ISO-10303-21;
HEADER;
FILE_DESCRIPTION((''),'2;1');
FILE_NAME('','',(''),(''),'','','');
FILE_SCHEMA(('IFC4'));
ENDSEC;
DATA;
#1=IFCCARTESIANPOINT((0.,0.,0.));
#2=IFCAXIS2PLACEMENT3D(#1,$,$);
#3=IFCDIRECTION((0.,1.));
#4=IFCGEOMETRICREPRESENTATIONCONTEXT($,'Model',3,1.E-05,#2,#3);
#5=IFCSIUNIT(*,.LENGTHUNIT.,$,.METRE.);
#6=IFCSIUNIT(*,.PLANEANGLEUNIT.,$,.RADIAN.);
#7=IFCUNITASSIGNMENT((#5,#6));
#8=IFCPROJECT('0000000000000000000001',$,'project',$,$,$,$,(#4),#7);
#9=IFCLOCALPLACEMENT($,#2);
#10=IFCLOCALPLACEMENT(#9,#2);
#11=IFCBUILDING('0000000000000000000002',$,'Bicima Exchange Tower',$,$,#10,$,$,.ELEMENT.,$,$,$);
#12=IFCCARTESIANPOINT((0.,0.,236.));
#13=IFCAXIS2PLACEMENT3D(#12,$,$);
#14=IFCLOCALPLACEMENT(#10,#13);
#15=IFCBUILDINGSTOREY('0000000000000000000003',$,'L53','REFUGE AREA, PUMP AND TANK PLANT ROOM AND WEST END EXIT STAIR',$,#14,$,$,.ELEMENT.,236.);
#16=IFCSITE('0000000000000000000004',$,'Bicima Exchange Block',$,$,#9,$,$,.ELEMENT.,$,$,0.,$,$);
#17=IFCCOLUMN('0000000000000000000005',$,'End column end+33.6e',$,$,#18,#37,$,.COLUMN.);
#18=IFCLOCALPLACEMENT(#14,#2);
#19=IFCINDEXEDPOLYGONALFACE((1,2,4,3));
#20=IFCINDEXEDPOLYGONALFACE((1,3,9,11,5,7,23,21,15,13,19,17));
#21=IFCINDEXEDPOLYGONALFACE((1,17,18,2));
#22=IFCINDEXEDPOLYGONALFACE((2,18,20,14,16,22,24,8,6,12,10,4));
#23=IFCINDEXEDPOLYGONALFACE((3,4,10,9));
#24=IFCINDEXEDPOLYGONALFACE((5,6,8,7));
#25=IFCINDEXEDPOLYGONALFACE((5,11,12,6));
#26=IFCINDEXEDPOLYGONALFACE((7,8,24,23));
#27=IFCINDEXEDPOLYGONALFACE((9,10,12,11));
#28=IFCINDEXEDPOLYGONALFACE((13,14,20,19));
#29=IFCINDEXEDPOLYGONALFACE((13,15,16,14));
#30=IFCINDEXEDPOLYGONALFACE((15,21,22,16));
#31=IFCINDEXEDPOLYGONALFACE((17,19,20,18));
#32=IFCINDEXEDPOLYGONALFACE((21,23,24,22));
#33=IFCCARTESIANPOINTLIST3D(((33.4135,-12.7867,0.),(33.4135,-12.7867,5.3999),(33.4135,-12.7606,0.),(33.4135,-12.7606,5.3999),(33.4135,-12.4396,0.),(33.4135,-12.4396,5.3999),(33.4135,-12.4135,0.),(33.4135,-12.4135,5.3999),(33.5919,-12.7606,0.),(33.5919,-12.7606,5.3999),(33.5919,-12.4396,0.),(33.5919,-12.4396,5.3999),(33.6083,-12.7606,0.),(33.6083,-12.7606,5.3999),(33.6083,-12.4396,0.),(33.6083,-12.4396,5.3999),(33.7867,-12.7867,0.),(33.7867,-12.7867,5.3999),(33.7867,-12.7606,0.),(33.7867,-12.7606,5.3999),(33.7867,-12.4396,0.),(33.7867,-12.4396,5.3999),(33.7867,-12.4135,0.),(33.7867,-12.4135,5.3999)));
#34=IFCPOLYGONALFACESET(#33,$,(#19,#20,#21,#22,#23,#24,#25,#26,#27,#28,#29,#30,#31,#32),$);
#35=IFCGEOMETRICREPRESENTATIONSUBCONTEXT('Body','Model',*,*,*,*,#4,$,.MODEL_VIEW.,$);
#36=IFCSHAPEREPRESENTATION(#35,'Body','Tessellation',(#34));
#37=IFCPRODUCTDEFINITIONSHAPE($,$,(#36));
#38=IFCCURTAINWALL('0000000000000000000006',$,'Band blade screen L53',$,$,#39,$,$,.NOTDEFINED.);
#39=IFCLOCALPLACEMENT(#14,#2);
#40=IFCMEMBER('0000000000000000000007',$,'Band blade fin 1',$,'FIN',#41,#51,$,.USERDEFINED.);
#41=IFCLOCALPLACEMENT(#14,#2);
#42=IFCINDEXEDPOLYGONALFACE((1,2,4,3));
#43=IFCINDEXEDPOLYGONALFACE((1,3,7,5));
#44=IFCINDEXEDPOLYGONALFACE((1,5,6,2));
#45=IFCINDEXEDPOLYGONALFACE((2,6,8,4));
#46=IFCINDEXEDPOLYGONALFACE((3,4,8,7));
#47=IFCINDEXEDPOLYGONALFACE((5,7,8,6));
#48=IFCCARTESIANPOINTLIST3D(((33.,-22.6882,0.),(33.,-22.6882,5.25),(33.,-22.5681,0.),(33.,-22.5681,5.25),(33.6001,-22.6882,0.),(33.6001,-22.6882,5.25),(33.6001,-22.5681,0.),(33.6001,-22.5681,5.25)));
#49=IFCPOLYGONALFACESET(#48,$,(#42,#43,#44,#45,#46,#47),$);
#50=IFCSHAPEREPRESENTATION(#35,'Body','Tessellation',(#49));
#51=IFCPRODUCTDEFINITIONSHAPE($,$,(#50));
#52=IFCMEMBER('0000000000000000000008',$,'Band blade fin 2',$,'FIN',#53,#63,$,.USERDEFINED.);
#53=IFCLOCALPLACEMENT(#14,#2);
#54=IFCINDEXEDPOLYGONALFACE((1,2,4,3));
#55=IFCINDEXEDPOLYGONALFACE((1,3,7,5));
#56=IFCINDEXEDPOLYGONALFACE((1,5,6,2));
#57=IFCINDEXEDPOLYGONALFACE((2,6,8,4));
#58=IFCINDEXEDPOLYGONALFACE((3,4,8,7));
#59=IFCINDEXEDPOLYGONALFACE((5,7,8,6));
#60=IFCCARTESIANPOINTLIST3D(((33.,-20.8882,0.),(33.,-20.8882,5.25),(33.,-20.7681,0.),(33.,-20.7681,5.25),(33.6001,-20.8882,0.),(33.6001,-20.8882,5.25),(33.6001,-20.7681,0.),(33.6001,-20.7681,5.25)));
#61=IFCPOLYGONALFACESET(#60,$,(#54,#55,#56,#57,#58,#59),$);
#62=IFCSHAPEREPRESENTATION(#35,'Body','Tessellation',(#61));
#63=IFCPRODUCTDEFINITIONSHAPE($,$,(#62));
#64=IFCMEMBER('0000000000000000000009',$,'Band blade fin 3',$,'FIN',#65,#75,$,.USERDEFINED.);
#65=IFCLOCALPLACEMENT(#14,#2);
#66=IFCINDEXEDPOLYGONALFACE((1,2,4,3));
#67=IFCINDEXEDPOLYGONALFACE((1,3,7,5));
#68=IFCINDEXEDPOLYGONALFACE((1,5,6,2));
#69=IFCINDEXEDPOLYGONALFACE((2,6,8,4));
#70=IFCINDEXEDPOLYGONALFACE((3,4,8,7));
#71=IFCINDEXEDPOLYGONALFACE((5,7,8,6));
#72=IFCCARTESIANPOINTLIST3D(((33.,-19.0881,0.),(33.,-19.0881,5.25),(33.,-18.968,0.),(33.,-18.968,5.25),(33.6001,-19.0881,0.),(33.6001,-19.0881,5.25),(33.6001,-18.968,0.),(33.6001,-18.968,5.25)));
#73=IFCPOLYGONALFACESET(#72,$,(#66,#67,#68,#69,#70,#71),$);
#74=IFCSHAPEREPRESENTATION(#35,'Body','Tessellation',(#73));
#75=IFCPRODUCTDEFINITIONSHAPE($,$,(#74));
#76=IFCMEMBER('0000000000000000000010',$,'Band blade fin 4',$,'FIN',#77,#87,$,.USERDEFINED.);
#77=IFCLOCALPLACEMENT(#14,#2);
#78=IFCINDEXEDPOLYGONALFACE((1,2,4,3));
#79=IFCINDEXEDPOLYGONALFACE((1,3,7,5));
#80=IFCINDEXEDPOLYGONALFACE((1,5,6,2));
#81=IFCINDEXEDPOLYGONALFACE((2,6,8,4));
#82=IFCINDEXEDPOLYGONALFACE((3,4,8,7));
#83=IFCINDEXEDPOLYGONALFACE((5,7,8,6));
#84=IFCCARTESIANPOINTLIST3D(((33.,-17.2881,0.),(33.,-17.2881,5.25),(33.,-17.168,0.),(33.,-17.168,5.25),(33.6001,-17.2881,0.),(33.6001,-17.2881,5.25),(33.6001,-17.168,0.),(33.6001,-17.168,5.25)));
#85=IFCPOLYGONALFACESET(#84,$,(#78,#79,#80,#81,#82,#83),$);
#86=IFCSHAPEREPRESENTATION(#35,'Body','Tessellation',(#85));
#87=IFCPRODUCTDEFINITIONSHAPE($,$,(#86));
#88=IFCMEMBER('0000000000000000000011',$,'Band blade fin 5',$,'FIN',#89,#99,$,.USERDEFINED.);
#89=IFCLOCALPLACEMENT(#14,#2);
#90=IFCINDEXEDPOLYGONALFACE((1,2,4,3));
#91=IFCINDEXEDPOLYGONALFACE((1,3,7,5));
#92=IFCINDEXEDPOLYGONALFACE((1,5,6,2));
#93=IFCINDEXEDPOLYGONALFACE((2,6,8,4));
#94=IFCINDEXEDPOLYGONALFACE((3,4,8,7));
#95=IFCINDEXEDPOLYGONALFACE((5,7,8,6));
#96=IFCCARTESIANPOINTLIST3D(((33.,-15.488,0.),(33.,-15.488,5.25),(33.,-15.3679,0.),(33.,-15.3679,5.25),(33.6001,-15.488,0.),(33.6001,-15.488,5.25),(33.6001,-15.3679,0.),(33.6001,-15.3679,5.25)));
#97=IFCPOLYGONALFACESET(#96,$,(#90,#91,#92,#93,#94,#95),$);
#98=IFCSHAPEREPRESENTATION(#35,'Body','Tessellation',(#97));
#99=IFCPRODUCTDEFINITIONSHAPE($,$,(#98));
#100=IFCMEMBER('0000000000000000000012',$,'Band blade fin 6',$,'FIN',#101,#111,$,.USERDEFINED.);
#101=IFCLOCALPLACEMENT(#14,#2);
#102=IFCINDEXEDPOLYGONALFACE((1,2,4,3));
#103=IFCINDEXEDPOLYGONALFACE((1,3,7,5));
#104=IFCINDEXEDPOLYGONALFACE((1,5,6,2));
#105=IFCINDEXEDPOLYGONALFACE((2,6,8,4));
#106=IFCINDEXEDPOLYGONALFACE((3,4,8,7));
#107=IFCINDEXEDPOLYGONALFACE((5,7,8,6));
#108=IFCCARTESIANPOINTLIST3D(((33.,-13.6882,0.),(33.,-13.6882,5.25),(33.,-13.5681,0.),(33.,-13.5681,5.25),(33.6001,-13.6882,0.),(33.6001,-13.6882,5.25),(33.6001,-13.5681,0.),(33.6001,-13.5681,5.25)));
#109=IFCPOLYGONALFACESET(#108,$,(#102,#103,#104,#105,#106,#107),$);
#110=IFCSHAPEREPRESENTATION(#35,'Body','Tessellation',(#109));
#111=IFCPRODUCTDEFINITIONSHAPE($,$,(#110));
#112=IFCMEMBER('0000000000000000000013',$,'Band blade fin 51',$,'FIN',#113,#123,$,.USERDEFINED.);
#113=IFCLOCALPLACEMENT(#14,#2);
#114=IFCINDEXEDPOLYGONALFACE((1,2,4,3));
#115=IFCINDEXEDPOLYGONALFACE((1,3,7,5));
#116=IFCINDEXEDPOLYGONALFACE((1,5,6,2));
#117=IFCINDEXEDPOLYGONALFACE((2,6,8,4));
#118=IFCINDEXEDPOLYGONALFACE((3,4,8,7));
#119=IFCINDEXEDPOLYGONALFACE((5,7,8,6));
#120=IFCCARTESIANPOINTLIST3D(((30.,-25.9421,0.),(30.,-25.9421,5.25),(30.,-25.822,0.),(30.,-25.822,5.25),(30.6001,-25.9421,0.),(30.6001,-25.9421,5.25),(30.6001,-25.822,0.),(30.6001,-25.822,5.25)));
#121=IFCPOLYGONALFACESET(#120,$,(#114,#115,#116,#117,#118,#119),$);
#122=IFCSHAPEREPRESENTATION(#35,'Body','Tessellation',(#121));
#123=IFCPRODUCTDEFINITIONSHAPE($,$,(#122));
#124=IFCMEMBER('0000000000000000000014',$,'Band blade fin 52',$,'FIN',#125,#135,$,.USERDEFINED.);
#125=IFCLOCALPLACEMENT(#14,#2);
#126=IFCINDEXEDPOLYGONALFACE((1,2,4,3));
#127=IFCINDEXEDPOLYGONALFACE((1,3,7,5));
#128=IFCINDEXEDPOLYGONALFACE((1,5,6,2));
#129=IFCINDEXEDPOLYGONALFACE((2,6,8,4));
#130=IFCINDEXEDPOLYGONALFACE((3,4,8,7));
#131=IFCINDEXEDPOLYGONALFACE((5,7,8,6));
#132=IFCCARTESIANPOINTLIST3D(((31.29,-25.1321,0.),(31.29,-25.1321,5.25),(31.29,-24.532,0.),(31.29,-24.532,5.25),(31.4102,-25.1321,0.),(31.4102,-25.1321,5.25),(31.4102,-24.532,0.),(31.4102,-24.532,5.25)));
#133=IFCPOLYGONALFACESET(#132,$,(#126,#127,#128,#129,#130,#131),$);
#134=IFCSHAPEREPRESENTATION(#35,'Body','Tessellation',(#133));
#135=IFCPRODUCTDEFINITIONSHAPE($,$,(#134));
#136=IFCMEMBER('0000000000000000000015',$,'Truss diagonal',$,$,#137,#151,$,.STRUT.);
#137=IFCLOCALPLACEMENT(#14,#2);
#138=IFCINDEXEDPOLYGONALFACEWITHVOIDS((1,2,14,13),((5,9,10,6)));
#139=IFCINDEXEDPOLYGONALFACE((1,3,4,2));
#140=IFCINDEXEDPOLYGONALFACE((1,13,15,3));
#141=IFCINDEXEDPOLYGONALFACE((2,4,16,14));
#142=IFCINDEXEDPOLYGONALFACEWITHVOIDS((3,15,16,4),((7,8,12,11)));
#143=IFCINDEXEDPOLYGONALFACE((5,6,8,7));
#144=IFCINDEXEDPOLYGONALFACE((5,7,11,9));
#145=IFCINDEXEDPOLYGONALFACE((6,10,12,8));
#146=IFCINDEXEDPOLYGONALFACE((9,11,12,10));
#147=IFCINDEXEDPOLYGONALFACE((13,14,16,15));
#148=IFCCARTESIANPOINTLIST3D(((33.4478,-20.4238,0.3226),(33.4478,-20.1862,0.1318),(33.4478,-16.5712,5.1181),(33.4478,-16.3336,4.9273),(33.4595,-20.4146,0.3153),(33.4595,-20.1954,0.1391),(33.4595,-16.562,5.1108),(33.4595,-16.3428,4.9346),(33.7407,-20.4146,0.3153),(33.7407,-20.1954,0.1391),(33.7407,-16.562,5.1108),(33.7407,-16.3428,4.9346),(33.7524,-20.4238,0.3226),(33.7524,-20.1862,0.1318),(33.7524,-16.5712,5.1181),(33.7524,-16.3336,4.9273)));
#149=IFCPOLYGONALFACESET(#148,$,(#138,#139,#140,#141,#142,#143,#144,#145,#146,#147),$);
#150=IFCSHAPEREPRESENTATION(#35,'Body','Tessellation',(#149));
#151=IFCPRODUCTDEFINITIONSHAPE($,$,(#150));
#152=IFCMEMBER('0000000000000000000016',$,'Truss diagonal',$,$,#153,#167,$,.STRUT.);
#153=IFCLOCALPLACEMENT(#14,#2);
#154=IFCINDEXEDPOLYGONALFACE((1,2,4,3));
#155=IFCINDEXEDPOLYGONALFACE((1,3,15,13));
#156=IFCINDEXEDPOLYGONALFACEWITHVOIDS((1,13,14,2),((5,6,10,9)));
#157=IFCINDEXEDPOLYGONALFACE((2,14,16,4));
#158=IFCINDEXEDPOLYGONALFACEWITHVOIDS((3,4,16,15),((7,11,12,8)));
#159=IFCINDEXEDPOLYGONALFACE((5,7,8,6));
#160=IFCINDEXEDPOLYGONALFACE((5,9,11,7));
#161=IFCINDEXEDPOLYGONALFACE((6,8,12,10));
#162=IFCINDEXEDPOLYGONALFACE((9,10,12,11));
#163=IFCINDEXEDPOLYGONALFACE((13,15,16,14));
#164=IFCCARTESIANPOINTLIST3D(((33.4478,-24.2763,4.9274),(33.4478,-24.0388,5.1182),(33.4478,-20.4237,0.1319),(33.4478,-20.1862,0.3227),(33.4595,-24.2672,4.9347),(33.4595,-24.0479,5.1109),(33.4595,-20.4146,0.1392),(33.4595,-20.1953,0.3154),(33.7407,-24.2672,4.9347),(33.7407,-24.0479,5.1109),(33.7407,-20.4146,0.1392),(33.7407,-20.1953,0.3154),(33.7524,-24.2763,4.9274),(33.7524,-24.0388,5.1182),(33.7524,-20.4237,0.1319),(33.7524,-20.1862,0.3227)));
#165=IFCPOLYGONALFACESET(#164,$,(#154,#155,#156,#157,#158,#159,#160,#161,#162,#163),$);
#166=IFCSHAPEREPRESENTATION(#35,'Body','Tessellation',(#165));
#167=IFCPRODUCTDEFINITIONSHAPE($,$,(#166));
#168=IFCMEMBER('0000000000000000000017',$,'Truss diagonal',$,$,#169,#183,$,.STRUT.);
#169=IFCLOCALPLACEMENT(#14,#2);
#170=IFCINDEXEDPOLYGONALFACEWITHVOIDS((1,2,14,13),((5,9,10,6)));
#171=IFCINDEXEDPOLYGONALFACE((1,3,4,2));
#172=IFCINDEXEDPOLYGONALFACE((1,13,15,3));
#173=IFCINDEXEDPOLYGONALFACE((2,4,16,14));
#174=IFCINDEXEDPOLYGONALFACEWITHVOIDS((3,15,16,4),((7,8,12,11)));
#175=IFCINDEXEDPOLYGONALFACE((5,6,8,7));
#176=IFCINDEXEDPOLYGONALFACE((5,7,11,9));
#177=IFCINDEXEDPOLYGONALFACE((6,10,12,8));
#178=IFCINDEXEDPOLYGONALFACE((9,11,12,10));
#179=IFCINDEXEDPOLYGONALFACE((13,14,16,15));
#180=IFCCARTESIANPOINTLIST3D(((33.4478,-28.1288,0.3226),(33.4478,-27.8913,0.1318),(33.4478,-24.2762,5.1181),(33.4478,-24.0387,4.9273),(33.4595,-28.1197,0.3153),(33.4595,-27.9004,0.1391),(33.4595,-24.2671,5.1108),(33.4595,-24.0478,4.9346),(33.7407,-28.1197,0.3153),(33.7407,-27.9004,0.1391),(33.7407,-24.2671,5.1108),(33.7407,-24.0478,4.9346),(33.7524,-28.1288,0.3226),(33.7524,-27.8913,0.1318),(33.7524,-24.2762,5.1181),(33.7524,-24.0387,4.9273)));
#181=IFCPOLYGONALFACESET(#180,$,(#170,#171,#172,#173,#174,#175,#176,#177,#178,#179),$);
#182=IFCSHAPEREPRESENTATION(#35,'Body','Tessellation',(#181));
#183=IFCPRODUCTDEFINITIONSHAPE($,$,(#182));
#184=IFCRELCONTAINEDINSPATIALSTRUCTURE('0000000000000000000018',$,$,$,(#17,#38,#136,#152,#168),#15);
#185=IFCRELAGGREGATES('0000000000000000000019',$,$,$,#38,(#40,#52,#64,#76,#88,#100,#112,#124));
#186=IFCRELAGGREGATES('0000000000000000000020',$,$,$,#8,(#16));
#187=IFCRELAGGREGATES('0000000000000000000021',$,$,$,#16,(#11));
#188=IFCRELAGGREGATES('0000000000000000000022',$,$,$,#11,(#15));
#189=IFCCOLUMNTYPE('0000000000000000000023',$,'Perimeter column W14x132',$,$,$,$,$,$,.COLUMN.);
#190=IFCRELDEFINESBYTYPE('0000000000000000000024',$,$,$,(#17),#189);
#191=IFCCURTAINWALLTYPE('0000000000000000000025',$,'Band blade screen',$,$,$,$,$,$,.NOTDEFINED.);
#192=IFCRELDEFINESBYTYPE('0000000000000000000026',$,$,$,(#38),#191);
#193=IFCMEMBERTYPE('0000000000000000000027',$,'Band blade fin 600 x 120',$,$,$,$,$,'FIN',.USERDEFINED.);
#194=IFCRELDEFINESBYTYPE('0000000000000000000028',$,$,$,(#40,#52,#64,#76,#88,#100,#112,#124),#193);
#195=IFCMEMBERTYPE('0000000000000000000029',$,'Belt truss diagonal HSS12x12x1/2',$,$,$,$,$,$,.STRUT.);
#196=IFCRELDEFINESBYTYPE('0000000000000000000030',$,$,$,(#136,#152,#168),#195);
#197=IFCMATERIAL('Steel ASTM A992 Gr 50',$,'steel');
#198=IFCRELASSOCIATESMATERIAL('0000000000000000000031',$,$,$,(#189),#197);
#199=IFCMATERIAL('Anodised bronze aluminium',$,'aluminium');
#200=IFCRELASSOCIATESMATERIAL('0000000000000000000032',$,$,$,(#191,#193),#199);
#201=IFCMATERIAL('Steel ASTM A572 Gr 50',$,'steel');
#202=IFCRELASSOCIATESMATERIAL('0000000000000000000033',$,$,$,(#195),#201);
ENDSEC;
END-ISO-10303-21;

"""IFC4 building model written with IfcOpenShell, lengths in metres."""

from ifc_helpers import new_model, si_unit, direction, frame, origin, origin_2d, place, context, subcontext, project, spatial, rectangle, hollow_rectangle, i_section, extrude, material, material_profile, profile_set, type_object, element, aggregate, save


model = new_model("IFC4")

# Units and contexts
model_context = context("Model", 3, precision=1e-05, world=origin(), true_north=direction((0.0, 1.0)))
body_context = subcontext(model_context, "Body", "Model", "MODEL_VIEW")
ifc_project = project(units=[si_unit("LENGTHUNIT", "METRE"), si_unit("PLANEANGLEUNIT", "RADIAN")], contexts=[model_context])

# Site, building, storey
site_placement = place(None, origin())
site = spatial("IfcSite", under=ifc_project, at=site_placement, Name="Bicima Exchange Block", CompositionType="ELEMENT", RefElevation=0.0)
building_placement = place(site_placement, origin())
building = spatial("IfcBuilding", under=site, at=building_placement, Name="Bicima Exchange Tower", CompositionType="ELEMENT")
storey_placement = place(building_placement, frame((0.0, 0.0, 236.0)))
storey = spatial("IfcBuildingStorey", under=building, at=storey_placement, Name="L53", Description="REFUGE AREA, PUMP AND TANK PLANT ROOM AND WEST END EXIT STAIR", CompositionType="ELEMENT", Elevation=236.0)

# Column
ifc_material_1 = material(Name="Steel ASTM A992 Gr 50", Category="steel")
ifc_material_profile_1 = material_profile(ifc_material_1, i_section(OverallWidth=0.3733, OverallDepth=0.3733, WebThickness=0.0164, FlangeThickness=0.0261, at=origin_2d()))
ifc_profile_set_1 = profile_set([ifc_material_profile_1], Name="Steel ASTM A992 Gr 50")
column_type = type_object("IfcColumnType", Name="Perimeter column W14x132", PredefinedType="COLUMN", material=ifc_profile_set_1)
column_placement = place(storey_placement, frame((33.6001, -12.6001, 0.0), z_axis=(0.0, 0.0, 1.0), x_axis=(1.0, 0.0, 0.0)))
element("IfcColumn", 1, at=column_placement, inside=storey, type_object=column_type, Name="End column end+33.6e", PredefinedType="COLUMN", context=body_context, shape_type="SweptSolid", body=[
    extrude(i_section(OverallWidth=0.3733, OverallDepth=0.3733, WebThickness=0.0164, FlangeThickness=0.0261, at=origin_2d()), origin(), (0.0, 0.0, 1.0), 5.3999),
])

# Curtain wall, members
ifc_material_2 = material(Name="Anodised bronze aluminium", Category="aluminium")
curtain_wall_type = type_object("IfcCurtainWallType", Name="Band blade screen", PredefinedType="NOTDEFINED", material=ifc_material_2)
curtain_wall_placement = place(storey_placement, origin())
curtain_wall = element("IfcCurtainWall", 2, at=curtain_wall_placement, inside=storey, type_object=curtain_wall_type, Name="Band blade screen L53", PredefinedType="NOTDEFINED")
ifc_material_profile_2 = material_profile(ifc_material_2, rectangle(XDim=0.6001, YDim=0.1201, at=origin_2d()))
ifc_profile_set_2 = profile_set([ifc_material_profile_2], Name="Anodised bronze aluminium")
member_type_1 = type_object("IfcMemberType", Name="Band blade fin 600 x 120", ElementType="FIN", PredefinedType="USERDEFINED", material=ifc_profile_set_2)
member_1_placement = place(storey_placement, frame((33.3, -22.6282, 0.0), z_axis=(0.0, 0.0, 1.0), x_axis=(-1.0, 0.0, 0.0)))
member_1 = element("IfcMember", 3, at=member_1_placement, type_object=member_type_1, Name="Band blade fin 1", ObjectType="FIN", PredefinedType="USERDEFINED", context=body_context, shape_type="SweptSolid", body=[
    extrude(rectangle(XDim=0.6001, YDim=0.1201, at=origin_2d()), origin(), (0.0, 0.0, 1.0), 5.25),
])
member_2_placement = place(storey_placement, frame((33.3, -20.8281, 0.0), z_axis=(0.0, 0.0, 1.0), x_axis=(-1.0, 0.0, 0.0)))
member_2 = element("IfcMember", 4, at=member_2_placement, type_object=member_type_1, Name="Band blade fin 2", ObjectType="FIN", PredefinedType="USERDEFINED", context=body_context, shape_type="SweptSolid", body=[
    extrude(rectangle(XDim=0.6001, YDim=0.1201, at=origin_2d()), origin(), (0.0, 0.0, 1.0), 5.25),
])
member_3_placement = place(storey_placement, frame((33.3, -19.0281, 0.0), z_axis=(0.0, 0.0, 1.0), x_axis=(-1.0, 0.0, 0.0)))
member_3 = element("IfcMember", 5, at=member_3_placement, type_object=member_type_1, Name="Band blade fin 3", ObjectType="FIN", PredefinedType="USERDEFINED", context=body_context, shape_type="SweptSolid", body=[
    extrude(rectangle(XDim=0.6001, YDim=0.1201, at=origin_2d()), origin(), (0.0, 0.0, 1.0), 5.25),
])
member_4_placement = place(storey_placement, frame((33.3, -17.228, 0.0), z_axis=(0.0, 0.0, 1.0), x_axis=(-1.0, 0.0, 0.0)))
member_4 = element("IfcMember", 6, at=member_4_placement, type_object=member_type_1, Name="Band blade fin 4", ObjectType="FIN", PredefinedType="USERDEFINED", context=body_context, shape_type="SweptSolid", body=[
    extrude(rectangle(XDim=0.6001, YDim=0.1201, at=origin_2d()), origin(), (0.0, 0.0, 1.0), 5.25),
])
member_5_placement = place(storey_placement, frame((33.3, -15.428, 0.0), z_axis=(0.0, 0.0, 1.0), x_axis=(-1.0, 0.0, 0.0)))
member_5 = element("IfcMember", 7, at=member_5_placement, type_object=member_type_1, Name="Band blade fin 5", ObjectType="FIN", PredefinedType="USERDEFINED", context=body_context, shape_type="SweptSolid", body=[
    extrude(rectangle(XDim=0.6001, YDim=0.1201, at=origin_2d()), origin(), (0.0, 0.0, 1.0), 5.25),
])
member_6_placement = place(storey_placement, frame((33.3, -13.6282, 0.0), z_axis=(0.0, 0.0, 1.0), x_axis=(-1.0, 0.0, 0.0)))
member_6 = element("IfcMember", 8, at=member_6_placement, type_object=member_type_1, Name="Band blade fin 6", ObjectType="FIN", PredefinedType="USERDEFINED", context=body_context, shape_type="SweptSolid", body=[
    extrude(rectangle(XDim=0.6001, YDim=0.1201, at=origin_2d()), origin(), (0.0, 0.0, 1.0), 5.25),
])
member_7_placement = place(storey_placement, frame((30.3, -25.8821, 0.0), z_axis=(0.0, 0.0, 1.0), x_axis=(-1.0, 0.0, 0.0)))
member_7 = element("IfcMember", 9, at=member_7_placement, type_object=member_type_1, Name="Band blade fin 51", ObjectType="FIN", PredefinedType="USERDEFINED", context=body_context, shape_type="SweptSolid", body=[
    extrude(rectangle(XDim=0.6001, YDim=0.1201, at=origin_2d()), origin(), (0.0, 0.0, 1.0), 5.25),
])
member_8_placement = place(storey_placement, frame((31.3501, -24.832, 0.0), z_axis=(0.0, 0.0, 1.0), x_axis=(0.0, 1.0, 0.0)))
member_8 = element("IfcMember", 10, at=member_8_placement, type_object=member_type_1, Name="Band blade fin 52", ObjectType="FIN", PredefinedType="USERDEFINED", context=body_context, shape_type="SweptSolid", body=[
    extrude(rectangle(XDim=0.6001, YDim=0.1201, at=origin_2d()), origin(), (0.0, 0.0, 1.0), 5.25),
])
aggregate(curtain_wall, [member_1, member_2, member_3, member_4, member_5, member_6, member_7, member_8])

# Members
ifc_material_3 = material(Name="Steel ASTM A572 Gr 50", Category="steel")
ifc_material_profile_3 = material_profile(ifc_material_3, hollow_rectangle(XDim=0.3047, YDim=0.3047, WallThickness=0.0117, at=origin_2d()))
ifc_profile_set_3 = profile_set([ifc_material_profile_3], Name="Steel ASTM A572 Gr 50")
member_type_2 = type_object("IfcMemberType", Name="Belt truss diagonal HSS12x12x1/2", PredefinedType="STRUT", material=ifc_profile_set_3)
for number, where, z_axis, x_axis, name in (
    (11, (33.6001, -16.4524, 5.0227), (0.0, -0.626301, -0.779582), (1.0, 0.0, 0.0), "Truss diagonal"),
    (12, (33.6001, -20.3049, 0.2273), (0.0, -0.626301, 0.779582), (1.0, 0.0, 0.0), "Truss diagonal"),
    (13, (33.6001, -24.1575, 5.0227), (0.0, -0.626301, -0.779582), (1.0, 0.0, 0.0), "Truss diagonal"),
):
    element("IfcMember", number, at=place(storey_placement, frame(where, z_axis=z_axis, x_axis=x_axis)), inside=storey, type_object=member_type_2, Name=name, PredefinedType="STRUT", context=body_context, shape_type="SweptSolid", body=[
        extrude(hollow_rectangle(XDim=0.3047, YDim=0.3047, WallThickness=0.0117, at=origin_2d()), origin(), (0.0, 0.0, 1.0), 6.1514),
    ])

save(model, "model.ifc")
